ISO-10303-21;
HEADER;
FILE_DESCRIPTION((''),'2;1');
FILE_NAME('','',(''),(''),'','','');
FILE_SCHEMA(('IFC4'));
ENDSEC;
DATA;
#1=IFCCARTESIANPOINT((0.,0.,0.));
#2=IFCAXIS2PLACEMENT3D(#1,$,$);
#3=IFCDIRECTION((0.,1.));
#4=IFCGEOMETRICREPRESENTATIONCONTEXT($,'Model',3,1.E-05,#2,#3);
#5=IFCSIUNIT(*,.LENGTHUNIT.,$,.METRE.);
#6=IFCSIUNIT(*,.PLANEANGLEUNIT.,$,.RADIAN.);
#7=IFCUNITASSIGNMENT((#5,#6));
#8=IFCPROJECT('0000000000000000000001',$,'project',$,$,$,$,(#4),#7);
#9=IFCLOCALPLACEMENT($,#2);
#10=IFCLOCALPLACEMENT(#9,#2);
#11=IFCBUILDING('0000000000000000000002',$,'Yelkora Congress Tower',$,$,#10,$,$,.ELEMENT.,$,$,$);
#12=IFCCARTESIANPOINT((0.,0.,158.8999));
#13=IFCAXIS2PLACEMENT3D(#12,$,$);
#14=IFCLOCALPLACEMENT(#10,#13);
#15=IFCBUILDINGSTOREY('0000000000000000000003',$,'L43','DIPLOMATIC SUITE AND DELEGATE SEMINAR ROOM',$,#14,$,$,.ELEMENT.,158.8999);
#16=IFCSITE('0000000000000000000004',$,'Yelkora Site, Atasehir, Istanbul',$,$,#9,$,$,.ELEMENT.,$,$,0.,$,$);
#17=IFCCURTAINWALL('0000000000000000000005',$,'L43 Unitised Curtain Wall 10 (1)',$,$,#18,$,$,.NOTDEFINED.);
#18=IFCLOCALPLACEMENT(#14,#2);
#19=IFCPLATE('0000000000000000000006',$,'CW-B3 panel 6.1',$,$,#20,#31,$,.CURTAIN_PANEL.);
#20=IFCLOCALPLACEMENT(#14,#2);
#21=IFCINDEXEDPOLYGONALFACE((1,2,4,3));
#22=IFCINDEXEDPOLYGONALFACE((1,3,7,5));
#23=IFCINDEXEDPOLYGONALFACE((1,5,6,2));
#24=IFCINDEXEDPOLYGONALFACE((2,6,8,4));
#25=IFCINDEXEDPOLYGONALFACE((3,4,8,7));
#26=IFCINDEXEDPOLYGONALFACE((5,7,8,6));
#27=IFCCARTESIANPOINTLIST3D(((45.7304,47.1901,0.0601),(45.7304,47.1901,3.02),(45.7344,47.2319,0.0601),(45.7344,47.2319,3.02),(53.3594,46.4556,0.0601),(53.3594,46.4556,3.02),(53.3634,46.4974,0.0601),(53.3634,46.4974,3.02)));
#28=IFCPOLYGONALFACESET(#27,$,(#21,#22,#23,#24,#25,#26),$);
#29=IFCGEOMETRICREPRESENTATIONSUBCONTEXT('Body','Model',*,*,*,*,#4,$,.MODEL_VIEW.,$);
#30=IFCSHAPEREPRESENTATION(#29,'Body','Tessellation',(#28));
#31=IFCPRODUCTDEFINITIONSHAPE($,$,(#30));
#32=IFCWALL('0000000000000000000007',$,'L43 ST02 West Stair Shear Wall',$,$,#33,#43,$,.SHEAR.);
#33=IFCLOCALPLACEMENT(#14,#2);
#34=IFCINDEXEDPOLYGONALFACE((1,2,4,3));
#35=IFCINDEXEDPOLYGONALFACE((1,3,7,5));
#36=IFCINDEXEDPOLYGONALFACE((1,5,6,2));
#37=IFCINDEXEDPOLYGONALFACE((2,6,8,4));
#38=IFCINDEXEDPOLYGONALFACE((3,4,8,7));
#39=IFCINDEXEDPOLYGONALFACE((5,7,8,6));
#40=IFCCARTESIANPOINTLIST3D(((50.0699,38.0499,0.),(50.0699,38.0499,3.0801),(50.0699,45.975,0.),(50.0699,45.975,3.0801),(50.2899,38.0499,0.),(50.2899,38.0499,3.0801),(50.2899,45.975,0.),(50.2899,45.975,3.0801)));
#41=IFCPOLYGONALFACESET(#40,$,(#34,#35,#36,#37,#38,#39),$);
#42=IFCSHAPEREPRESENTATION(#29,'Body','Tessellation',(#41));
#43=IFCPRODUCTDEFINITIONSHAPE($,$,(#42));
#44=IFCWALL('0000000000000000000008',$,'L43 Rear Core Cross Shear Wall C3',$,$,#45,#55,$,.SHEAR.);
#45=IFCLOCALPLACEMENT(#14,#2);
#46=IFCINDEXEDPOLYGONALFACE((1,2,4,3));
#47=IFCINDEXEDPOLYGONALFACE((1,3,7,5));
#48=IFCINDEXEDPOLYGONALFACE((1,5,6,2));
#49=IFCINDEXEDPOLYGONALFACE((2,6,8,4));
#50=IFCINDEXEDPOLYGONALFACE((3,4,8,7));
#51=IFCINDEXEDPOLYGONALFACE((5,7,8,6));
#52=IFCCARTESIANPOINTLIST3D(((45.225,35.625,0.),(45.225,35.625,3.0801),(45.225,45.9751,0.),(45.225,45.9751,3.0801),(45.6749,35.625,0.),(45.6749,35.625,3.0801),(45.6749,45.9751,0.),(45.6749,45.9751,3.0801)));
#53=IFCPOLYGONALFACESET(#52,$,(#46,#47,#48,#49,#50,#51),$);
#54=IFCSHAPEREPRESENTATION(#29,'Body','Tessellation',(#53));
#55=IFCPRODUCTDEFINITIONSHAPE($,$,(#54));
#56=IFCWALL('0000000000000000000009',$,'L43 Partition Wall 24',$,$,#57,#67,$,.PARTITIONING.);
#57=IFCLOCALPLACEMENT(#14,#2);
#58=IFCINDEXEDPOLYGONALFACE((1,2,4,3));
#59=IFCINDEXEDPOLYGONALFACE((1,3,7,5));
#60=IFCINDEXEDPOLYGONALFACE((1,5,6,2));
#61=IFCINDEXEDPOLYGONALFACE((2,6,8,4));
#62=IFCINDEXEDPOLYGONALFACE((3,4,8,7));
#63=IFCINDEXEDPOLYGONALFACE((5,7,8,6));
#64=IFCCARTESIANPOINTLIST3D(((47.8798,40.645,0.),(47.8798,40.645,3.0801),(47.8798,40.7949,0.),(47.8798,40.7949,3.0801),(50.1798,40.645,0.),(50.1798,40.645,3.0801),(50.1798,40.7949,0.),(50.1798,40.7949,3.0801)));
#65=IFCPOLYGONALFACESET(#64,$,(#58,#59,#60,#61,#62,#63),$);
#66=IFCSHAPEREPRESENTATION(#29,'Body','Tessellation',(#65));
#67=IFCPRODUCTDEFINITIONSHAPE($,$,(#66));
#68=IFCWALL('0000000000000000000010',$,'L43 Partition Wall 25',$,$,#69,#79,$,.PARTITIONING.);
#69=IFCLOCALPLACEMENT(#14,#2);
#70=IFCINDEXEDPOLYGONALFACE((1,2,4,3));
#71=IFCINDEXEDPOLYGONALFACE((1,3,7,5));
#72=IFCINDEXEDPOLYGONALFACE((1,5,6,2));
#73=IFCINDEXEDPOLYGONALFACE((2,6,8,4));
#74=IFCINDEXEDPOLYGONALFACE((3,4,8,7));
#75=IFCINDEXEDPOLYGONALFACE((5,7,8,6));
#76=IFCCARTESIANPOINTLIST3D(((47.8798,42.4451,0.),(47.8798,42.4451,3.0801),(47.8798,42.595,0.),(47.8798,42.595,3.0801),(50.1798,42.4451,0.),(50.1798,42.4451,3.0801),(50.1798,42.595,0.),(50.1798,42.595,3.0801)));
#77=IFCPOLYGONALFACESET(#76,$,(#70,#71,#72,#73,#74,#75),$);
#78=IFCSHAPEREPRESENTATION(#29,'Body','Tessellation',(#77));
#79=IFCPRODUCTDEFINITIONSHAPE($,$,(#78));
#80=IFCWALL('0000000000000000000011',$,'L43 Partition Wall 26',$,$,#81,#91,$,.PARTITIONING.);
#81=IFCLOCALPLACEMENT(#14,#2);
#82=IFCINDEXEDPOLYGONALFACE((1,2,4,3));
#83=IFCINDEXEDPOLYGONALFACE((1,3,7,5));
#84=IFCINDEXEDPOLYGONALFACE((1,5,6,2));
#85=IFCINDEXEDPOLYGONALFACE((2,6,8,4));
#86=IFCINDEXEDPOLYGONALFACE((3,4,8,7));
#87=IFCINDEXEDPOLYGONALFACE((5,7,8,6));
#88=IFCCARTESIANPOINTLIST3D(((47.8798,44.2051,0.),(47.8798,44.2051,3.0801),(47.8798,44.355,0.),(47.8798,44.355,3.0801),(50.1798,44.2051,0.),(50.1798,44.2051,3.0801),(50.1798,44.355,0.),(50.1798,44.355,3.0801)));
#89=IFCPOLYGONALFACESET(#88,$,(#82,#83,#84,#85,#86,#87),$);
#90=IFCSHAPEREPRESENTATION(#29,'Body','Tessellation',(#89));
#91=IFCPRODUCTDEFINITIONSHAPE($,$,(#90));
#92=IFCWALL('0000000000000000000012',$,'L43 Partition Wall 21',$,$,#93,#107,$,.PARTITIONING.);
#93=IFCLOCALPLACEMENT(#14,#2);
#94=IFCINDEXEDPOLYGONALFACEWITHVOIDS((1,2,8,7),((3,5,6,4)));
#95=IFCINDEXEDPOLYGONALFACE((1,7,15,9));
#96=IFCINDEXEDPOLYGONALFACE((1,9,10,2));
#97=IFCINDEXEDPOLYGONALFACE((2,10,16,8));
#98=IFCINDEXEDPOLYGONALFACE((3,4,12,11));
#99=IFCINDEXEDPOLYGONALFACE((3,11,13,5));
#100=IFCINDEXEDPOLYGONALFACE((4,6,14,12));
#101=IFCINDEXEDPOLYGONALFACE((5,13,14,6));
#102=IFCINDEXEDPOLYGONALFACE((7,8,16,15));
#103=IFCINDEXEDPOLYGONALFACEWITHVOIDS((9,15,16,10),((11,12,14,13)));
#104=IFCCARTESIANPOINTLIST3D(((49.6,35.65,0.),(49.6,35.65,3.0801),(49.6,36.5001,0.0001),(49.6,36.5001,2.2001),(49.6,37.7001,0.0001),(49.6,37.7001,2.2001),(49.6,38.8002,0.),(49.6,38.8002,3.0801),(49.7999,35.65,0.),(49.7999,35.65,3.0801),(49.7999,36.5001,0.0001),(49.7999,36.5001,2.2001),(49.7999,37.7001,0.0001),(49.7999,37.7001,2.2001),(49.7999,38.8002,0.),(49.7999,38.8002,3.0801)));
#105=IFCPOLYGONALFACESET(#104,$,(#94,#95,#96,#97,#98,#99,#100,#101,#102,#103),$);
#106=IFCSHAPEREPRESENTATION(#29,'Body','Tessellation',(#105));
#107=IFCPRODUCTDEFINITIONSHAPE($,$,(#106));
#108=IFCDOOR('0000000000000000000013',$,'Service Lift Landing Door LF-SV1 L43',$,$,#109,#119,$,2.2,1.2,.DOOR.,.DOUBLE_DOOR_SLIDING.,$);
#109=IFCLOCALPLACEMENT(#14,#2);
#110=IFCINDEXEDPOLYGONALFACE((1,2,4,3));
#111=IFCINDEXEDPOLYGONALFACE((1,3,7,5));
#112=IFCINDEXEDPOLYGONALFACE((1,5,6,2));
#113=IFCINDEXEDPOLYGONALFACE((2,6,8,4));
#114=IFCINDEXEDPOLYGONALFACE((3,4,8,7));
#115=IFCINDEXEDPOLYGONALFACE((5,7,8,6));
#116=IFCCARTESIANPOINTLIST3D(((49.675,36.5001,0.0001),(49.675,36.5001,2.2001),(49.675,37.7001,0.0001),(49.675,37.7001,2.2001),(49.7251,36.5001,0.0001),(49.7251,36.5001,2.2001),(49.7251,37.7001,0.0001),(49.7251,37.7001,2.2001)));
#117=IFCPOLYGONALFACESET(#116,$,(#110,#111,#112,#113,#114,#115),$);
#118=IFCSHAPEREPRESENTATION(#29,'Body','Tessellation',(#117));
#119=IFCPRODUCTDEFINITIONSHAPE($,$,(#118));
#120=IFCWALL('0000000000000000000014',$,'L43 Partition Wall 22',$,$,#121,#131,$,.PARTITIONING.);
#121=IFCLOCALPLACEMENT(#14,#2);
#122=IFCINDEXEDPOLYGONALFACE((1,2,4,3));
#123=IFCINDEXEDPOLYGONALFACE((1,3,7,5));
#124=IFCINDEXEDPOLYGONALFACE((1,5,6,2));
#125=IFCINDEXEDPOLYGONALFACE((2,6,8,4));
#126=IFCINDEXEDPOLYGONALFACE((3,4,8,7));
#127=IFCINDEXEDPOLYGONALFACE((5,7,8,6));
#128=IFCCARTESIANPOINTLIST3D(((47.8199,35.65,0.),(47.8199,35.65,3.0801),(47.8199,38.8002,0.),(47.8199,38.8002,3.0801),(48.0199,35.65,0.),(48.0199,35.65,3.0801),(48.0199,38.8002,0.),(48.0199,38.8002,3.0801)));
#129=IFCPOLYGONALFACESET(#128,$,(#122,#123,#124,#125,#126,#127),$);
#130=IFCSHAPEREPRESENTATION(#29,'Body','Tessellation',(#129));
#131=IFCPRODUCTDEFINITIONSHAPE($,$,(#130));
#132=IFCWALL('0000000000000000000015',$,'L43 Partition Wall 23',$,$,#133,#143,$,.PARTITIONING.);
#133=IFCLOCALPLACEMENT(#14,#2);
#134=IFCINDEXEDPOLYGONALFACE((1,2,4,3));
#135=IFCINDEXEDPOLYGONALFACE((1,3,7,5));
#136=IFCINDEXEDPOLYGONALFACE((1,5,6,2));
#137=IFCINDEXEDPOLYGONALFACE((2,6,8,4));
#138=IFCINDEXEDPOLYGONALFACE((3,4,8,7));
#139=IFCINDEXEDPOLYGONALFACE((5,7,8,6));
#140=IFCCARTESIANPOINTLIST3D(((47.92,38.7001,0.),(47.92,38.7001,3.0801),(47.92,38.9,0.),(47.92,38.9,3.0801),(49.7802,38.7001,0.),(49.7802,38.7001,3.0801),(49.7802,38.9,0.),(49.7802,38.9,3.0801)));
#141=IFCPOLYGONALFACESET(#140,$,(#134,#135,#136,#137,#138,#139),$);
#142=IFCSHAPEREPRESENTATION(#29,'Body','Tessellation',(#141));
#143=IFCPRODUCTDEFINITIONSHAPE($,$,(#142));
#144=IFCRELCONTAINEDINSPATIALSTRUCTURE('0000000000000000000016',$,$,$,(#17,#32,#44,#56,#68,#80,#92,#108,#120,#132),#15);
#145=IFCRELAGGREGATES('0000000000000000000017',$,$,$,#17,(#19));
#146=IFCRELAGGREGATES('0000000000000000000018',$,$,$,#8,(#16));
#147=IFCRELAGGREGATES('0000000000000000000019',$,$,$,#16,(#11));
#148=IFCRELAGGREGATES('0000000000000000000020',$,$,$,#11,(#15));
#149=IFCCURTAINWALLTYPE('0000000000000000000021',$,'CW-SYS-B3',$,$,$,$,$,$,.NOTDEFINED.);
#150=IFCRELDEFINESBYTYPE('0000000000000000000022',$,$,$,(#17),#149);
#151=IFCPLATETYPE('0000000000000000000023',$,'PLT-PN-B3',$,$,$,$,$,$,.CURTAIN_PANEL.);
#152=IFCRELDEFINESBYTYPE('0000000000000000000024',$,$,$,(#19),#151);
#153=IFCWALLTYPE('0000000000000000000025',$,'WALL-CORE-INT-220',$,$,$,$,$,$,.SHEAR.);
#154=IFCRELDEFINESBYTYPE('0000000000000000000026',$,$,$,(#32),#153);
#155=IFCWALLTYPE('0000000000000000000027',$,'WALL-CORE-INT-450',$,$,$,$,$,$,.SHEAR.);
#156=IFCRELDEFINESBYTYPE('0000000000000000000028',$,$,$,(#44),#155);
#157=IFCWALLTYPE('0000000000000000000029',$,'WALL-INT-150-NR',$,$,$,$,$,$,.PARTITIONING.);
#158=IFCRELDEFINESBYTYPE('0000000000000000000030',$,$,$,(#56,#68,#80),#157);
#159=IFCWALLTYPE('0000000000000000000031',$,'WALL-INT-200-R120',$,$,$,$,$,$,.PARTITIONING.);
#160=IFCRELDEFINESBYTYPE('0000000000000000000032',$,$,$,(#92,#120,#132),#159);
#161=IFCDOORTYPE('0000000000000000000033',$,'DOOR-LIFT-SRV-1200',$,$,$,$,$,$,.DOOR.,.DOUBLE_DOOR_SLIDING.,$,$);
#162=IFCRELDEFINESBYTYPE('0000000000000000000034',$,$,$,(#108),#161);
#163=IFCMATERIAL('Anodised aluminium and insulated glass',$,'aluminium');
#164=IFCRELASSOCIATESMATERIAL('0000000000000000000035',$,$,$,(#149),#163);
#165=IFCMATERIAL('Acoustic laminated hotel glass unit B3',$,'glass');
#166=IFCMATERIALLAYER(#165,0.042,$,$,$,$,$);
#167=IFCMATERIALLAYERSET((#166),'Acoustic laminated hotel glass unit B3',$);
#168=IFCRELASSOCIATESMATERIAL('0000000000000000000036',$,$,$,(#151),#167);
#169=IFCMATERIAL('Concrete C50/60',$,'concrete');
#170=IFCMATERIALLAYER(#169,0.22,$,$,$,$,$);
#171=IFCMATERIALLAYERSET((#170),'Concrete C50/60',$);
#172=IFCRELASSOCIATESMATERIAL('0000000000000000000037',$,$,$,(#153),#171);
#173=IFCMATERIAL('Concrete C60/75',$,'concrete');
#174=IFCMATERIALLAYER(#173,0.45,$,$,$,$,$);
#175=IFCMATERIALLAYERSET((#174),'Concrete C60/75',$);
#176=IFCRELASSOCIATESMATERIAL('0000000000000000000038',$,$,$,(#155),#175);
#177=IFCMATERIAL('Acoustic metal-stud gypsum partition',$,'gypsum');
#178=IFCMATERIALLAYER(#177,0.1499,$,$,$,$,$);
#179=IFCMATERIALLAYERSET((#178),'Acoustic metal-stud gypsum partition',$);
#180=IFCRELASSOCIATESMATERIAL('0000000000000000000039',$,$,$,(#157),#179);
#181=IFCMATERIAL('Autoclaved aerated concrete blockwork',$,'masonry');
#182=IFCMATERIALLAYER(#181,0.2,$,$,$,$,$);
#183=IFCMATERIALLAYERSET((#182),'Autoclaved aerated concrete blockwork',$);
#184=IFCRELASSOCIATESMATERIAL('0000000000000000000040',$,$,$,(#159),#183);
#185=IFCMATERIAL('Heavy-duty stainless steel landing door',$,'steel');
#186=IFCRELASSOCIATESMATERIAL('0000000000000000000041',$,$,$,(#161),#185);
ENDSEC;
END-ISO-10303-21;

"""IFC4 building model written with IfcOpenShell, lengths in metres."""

from ifc_helpers import new_model, si_unit, direction, frame, frame_2d, origin, origin_2d, place, context, subcontext, project, spatial, rectangle, extrude, material, layer, layer_set, type_object, element, fill, aggregate, save


model = new_model("IFC4")

# Units and contexts
model_context = context("Model", 3, precision=1e-05, world=origin(), true_north=direction((0.0, 1.0)))
body_context = subcontext(model_context, "Body", "Model", "MODEL_VIEW")
ifc_project = project(units=[si_unit("LENGTHUNIT", "METRE"), si_unit("PLANEANGLEUNIT", "RADIAN")], contexts=[model_context])

# Site, building, storey
site_placement = place(None, origin())
site = spatial("IfcSite", under=ifc_project, at=site_placement, Name="Yelkora Site, Atasehir, Istanbul", CompositionType="ELEMENT", RefElevation=0.0)
building_placement = place(site_placement, origin())
building = spatial("IfcBuilding", under=site, at=building_placement, Name="Yelkora Congress Tower", CompositionType="ELEMENT")
storey_placement = place(building_placement, frame((0.0, 0.0, 158.8999)))
storey = spatial("IfcBuildingStorey", under=building, at=storey_placement, Name="L43", Description="DIPLOMATIC SUITE AND DELEGATE SEMINAR ROOM", CompositionType="ELEMENT", Elevation=158.8999)

# Curtain wall, plate
ifc_material_1 = material(Name="Anodised aluminium and insulated glass", Category="aluminium")
curtain_wall_type = type_object("IfcCurtainWallType", Name="CW-SYS-B3", PredefinedType="NOTDEFINED", material=ifc_material_1)
curtain_wall_placement = place(storey_placement, origin())
curtain_wall = element("IfcCurtainWall", 1, at=curtain_wall_placement, inside=storey, type_object=curtain_wall_type, Name="L43 Unitised Curtain Wall 10 (1)", PredefinedType="NOTDEFINED")
ifc_material_2 = material(Name="Acoustic laminated hotel glass unit B3", Category="glass")
ifc_layer_1 = layer(ifc_material_2, 0.042)
ifc_layer_set_1 = layer_set([ifc_layer_1], Name="Acoustic laminated hotel glass unit B3")
plate_type = type_object("IfcPlateType", Name="PLT-PN-B3", PredefinedType="CURTAIN_PANEL", material=ifc_layer_set_1)
plate_placement = place(storey_placement, frame((49.5469, 46.8438, 0.0601), z_axis=(0.0, 0.0, 1.0), x_axis=(0.995396, -0.095845, 0.0)))
plate = element("IfcPlate", 2, at=plate_placement, type_object=plate_type, Name="CW-B3 panel 6.1", PredefinedType="CURTAIN_PANEL", context=body_context, shape_type="SweptSolid", body=[
    extrude(rectangle(XDim=7.6643, YDim=0.042, at=origin_2d()), origin(), (0.0, 0.0, 1.0), 2.96),
])
aggregate(curtain_wall, [plate])

# Walls
ifc_material_3 = material(Name="Concrete C50/60", Category="concrete")
ifc_layer_2 = layer(ifc_material_3, 0.22)
ifc_layer_set_2 = layer_set([ifc_layer_2], Name="Concrete C50/60")
wall_type_1 = type_object("IfcWallType", Name="WALL-CORE-INT-220", PredefinedType="SHEAR", material=ifc_layer_set_2)
wall_1_placement = place(storey_placement, frame((50.1799, 38.05, 0.0), z_axis=(0.0, 0.0, 1.0), x_axis=(0.0, 1.0, 0.0)))
element("IfcWall", 3, at=wall_1_placement, inside=storey, type_object=wall_type_1, Name="L43 ST02 West Stair Shear Wall", PredefinedType="SHEAR", context=body_context, shape_type="SweptSolid", body=[
    extrude(rectangle(XDim=7.925, YDim=0.22, at=frame_2d((3.9624, 0.0))), origin(), (0.0, 0.0, 1.0), 3.0801),
])
ifc_material_4 = material(Name="Concrete C60/75", Category="concrete")
ifc_layer_3 = layer(ifc_material_4, 0.45)
ifc_layer_set_3 = layer_set([ifc_layer_3], Name="Concrete C60/75")
wall_type_2 = type_object("IfcWallType", Name="WALL-CORE-INT-450", PredefinedType="SHEAR", material=ifc_layer_set_3)
wall_2_placement = place(storey_placement, frame((45.45, 35.625, 0.0), z_axis=(0.0, 0.0, 1.0), x_axis=(0.0, 1.0, 0.0)))
element("IfcWall", 4, at=wall_2_placement, inside=storey, type_object=wall_type_2, Name="L43 Rear Core Cross Shear Wall C3", PredefinedType="SHEAR", context=body_context, shape_type="SweptSolid", body=[
    extrude(rectangle(XDim=10.3501, YDim=0.45, at=frame_2d((5.175, 0.0))), origin(), (0.0, 0.0, 1.0), 3.0801),
])
ifc_material_5 = material(Name="Acoustic metal-stud gypsum partition", Category="gypsum")
ifc_layer_4 = layer(ifc_material_5, 0.1499)
ifc_layer_set_4 = layer_set([ifc_layer_4], Name="Acoustic metal-stud gypsum partition")
wall_type_3 = type_object("IfcWallType", Name="WALL-INT-150-NR", PredefinedType="PARTITIONING", material=ifc_layer_set_4)
for number, where, z_axis, x_axis, name in (
    (5, (47.8799, 40.72, 0.0), (0.0, 0.0, 1.0), (1.0, 0.0, 0.0), "L43 Partition Wall 24"),
    (6, (47.8799, 42.52, 0.0), (0.0, 0.0, 1.0), (1.0, 0.0, 0.0), "L43 Partition Wall 25"),
    (7, (47.8799, 44.28, 0.0), (0.0, 0.0, 1.0), (1.0, 0.0, 0.0), "L43 Partition Wall 26"),
):
    element("IfcWall", number, at=place(storey_placement, frame(where, z_axis=z_axis, x_axis=x_axis)), inside=storey, type_object=wall_type_3, Name=name, PredefinedType="PARTITIONING", context=body_context, shape_type="SweptSolid", body=[
        extrude(rectangle(XDim=2.3, YDim=0.1499, at=frame_2d((1.1499, 0.0))), origin(), (0.0, 0.0, 1.0), 3.0801),
    ])

# Wall, opening, door
ifc_material_6 = material(Name="Autoclaved aerated concrete blockwork", Category="masonry")
ifc_layer_5 = layer(ifc_material_6, 0.2)
ifc_layer_set_5 = layer_set([ifc_layer_5], Name="Autoclaved aerated concrete blockwork")
wall_type_4 = type_object("IfcWallType", Name="WALL-INT-200-R120", PredefinedType="PARTITIONING", material=ifc_layer_set_5)
wall_3_placement = place(storey_placement, frame((49.7, 35.6499, 0.0), z_axis=(0.0, 0.0, 1.0), x_axis=(0.0, 1.0, 0.0)))
wall_3 = element("IfcWall", 8, at=wall_3_placement, inside=storey, type_object=wall_type_4, Name="L43 Partition Wall 21", PredefinedType="PARTITIONING", context=body_context, shape_type="SweptSolid", body=[
    extrude(rectangle(XDim=3.1501, YDim=0.2, at=frame_2d((1.5752, 0.0))), origin(), (0.0, 0.0, 1.0), 3.0801),
])
opening_1_placement = place(wall_3_placement, frame((0.8501, 0.0, 0.0)))
opening_1 = element("IfcOpeningElement", 9, at=opening_1_placement, cuts=wall_3, PredefinedType="OPENING", context=body_context, shape_type="SweptSolid", body=[
    extrude(rectangle(XDim=1.2, YDim=2.2, at=frame_2d((0.6001, 1.1001))), frame((0.0, 0.1099, 0.0), z_axis=(0.0, -1.0, 0.0), x_axis=(1.0, 0.0, 0.0)), (0.0, 0.0, 1.0), 0.22),
])
ifc_material_7 = material(Name="Heavy-duty stainless steel landing door", Category="steel")
door_type_1 = type_object("IfcDoorType", Name="DOOR-LIFT-SRV-1200", OperationType="DOUBLE_DOOR_SLIDING", PredefinedType="DOOR", material=ifc_material_7)
door_1_placement = place(opening_1_placement, origin())
door_1 = element("IfcDoor", 10, at=door_1_placement, inside=storey, type_object=door_type_1, Name="Service Lift Landing Door LF-SV1 L43", OperationType="DOUBLE_DOOR_SLIDING", OverallHeight=2.2, OverallWidth=1.2, PredefinedType="DOOR", context=body_context, shape_type="SweptSolid", body=[
    extrude(rectangle(XDim=1.2, YDim=2.2, at=frame_2d((0.6001, 1.1001))), frame((0.0, 0.0249, 0.0), z_axis=(0.0, -1.0, 0.0), x_axis=(1.0, 0.0, 0.0)), (0.0, 0.0, 1.0), 0.05),
])
fill(opening_1, door_1)

# Walls
wall_4_placement = place(storey_placement, frame((47.9199, 35.6499, 0.0), z_axis=(0.0, 0.0, 1.0), x_axis=(0.0, 1.0, 0.0)))
element("IfcWall", 11, at=wall_4_placement, inside=storey, type_object=wall_type_4, Name="L43 Partition Wall 22", PredefinedType="PARTITIONING", context=body_context, shape_type="SweptSolid", body=[
    extrude(rectangle(XDim=3.1501, YDim=0.2, at=frame_2d((1.5752, 0.0))), origin(), (0.0, 0.0, 1.0), 3.0801),
])
wall_5_placement = place(storey_placement, frame((47.9199, 38.8, 0.0), z_axis=(0.0, 0.0, 1.0), x_axis=(1.0, 0.0, 0.0)))
element("IfcWall", 12, at=wall_5_placement, inside=storey, type_object=wall_type_4, Name="L43 Partition Wall 23", PredefinedType="PARTITIONING", context=body_context, shape_type="SweptSolid", body=[
    extrude(rectangle(XDim=1.8601, YDim=0.2, at=frame_2d((0.9302, 0.0))), origin(), (0.0, 0.0, 1.0), 3.0801),
])

save(model, "model.ifc")
